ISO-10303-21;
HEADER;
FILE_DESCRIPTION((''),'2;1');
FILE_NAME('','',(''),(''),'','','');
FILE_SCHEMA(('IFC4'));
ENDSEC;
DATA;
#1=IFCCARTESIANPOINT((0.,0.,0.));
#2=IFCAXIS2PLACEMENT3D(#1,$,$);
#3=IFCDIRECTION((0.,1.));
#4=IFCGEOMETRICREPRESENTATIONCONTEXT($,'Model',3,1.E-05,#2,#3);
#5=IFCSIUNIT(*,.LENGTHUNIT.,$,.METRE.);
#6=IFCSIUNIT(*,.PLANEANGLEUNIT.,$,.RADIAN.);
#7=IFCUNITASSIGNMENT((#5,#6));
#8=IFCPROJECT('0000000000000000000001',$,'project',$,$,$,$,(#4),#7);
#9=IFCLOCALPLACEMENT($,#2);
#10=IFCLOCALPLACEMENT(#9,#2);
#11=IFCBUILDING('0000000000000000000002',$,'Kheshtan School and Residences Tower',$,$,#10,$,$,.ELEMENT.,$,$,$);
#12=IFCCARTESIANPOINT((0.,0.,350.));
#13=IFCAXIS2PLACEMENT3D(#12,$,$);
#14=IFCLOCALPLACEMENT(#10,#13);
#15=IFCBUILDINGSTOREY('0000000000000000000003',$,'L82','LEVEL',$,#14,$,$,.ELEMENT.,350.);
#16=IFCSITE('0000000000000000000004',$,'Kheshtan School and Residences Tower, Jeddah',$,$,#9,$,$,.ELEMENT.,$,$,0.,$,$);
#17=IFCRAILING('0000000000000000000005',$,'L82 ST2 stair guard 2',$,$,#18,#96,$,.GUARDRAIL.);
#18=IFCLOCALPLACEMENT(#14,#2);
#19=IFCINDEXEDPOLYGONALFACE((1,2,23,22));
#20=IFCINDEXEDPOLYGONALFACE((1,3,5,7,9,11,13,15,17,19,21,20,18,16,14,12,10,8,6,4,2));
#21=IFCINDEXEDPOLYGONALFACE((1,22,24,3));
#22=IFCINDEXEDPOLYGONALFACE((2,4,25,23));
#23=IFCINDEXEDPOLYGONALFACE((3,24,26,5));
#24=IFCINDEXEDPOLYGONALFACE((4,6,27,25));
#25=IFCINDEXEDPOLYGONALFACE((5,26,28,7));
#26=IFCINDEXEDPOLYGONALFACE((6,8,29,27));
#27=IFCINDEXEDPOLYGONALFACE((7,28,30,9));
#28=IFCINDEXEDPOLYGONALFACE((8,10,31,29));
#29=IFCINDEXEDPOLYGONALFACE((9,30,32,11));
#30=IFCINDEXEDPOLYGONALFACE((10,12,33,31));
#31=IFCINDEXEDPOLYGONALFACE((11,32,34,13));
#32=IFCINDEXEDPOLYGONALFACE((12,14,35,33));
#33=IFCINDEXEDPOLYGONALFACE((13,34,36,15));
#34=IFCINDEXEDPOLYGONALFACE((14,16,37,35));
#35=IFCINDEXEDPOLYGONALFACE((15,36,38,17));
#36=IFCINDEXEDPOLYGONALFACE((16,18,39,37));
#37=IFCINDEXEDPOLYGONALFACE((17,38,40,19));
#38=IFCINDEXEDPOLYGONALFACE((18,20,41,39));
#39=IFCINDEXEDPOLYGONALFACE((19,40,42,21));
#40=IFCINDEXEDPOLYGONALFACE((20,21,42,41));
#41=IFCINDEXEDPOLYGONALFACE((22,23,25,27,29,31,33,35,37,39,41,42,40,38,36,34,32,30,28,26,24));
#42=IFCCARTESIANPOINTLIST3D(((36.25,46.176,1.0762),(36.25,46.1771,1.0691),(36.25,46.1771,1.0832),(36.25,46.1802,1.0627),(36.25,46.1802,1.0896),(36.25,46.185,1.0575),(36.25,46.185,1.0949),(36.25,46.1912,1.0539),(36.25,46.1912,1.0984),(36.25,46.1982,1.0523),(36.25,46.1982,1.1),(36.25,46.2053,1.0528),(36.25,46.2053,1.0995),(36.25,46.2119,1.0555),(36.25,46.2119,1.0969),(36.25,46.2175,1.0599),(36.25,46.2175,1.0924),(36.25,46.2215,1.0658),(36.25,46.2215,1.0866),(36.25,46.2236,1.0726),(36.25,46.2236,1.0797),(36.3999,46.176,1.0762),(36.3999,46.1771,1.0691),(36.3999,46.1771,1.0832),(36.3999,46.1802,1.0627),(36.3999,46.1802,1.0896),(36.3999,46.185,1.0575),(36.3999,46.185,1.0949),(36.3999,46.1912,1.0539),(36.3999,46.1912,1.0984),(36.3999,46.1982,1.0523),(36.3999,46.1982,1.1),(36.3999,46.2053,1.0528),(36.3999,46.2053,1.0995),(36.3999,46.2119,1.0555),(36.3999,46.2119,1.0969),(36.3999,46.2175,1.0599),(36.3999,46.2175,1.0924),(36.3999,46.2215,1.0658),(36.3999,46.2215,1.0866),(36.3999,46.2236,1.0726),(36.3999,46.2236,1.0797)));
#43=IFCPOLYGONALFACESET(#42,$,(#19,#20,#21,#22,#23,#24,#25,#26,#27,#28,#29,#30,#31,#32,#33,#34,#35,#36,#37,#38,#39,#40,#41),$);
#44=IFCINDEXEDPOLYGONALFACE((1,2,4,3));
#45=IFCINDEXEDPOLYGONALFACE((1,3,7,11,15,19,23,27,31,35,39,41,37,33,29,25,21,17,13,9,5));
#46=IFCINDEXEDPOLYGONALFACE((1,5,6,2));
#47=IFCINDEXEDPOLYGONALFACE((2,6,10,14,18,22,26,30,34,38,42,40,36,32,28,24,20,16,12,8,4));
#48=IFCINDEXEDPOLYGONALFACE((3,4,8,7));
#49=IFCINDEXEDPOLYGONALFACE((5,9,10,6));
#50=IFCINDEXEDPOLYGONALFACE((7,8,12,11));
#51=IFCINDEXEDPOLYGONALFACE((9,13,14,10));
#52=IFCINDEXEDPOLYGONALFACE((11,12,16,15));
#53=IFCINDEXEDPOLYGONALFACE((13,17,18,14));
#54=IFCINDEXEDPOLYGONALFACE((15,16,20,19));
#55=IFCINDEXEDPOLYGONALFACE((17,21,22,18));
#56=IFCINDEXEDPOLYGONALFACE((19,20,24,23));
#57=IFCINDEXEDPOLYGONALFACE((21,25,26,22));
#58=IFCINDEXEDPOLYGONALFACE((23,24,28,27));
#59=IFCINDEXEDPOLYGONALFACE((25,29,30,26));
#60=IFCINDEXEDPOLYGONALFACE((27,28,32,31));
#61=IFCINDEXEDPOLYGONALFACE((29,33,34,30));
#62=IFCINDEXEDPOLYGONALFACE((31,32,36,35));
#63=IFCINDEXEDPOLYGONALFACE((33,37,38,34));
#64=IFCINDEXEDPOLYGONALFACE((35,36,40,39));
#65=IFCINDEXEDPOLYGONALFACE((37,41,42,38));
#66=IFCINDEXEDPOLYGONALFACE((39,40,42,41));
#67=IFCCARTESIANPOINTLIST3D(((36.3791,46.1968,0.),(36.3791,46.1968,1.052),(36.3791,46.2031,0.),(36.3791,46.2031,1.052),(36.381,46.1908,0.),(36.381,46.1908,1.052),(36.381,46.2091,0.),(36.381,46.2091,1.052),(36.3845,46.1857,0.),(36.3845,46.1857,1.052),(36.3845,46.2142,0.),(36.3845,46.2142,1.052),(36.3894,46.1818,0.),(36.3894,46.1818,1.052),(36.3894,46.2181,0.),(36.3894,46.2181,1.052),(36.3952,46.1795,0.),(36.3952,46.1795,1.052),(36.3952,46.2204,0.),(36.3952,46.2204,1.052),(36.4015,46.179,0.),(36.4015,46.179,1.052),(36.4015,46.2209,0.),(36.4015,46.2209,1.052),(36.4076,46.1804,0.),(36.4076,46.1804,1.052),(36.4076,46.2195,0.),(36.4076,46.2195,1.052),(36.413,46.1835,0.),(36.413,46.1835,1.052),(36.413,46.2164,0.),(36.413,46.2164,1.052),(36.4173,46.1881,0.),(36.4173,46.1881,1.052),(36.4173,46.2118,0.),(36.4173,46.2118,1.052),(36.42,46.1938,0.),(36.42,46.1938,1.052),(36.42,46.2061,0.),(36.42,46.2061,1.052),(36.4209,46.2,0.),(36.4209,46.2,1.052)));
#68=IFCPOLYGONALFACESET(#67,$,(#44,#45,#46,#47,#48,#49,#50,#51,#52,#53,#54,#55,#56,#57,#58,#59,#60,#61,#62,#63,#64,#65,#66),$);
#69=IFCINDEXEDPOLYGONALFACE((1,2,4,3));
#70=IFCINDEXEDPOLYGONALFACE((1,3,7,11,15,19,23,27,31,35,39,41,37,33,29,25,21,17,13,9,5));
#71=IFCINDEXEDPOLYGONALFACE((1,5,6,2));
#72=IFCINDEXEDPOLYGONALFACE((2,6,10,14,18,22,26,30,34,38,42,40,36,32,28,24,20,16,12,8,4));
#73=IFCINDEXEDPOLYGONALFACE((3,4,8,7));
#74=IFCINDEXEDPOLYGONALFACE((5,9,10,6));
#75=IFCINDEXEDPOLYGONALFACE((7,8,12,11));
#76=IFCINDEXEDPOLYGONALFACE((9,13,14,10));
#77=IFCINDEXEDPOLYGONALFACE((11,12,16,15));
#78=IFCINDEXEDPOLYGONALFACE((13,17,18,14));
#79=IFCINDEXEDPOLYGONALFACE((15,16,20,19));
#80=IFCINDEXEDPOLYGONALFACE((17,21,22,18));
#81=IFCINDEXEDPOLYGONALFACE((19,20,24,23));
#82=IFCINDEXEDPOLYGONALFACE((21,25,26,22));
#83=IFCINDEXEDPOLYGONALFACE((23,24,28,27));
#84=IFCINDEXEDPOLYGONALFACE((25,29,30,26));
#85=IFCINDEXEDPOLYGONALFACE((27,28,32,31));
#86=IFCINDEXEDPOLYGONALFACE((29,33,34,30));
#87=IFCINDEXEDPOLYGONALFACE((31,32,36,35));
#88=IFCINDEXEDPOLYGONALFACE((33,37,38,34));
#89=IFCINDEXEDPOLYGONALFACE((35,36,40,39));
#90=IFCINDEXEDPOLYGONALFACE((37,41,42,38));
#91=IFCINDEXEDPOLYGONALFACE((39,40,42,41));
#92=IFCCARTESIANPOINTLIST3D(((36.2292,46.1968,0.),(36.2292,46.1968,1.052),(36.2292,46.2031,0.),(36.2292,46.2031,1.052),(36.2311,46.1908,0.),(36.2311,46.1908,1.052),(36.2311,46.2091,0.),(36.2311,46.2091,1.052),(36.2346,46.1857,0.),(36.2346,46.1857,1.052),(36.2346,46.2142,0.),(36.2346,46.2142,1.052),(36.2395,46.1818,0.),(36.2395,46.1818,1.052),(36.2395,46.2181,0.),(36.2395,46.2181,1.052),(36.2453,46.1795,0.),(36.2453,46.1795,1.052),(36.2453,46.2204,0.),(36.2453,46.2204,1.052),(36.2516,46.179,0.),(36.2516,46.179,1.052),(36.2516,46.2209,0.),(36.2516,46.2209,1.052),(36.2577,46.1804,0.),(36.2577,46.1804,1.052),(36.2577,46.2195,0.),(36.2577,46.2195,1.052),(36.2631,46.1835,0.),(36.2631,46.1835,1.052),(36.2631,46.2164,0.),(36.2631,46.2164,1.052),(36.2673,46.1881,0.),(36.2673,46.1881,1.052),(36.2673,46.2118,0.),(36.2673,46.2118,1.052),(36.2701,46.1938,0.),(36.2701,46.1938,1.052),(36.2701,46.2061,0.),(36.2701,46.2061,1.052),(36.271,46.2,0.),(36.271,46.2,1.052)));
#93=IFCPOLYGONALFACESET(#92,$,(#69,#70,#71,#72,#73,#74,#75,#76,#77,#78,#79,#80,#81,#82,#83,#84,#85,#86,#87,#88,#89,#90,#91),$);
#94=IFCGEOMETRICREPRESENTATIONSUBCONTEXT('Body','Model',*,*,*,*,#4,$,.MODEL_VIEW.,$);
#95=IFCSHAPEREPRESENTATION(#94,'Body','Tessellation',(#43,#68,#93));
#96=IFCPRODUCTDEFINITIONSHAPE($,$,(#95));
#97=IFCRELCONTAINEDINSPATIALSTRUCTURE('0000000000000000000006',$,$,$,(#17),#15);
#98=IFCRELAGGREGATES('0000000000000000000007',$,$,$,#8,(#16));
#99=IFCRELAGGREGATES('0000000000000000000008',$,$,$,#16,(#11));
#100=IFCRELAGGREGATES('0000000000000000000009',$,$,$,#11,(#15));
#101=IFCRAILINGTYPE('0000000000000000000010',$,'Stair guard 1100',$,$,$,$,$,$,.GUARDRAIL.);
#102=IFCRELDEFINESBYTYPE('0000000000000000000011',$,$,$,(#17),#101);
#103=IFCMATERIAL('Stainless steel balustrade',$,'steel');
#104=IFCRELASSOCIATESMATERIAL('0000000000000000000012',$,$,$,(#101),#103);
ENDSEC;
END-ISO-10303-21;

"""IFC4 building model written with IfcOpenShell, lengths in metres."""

from ifc_helpers import new_model, si_unit, direction, frame, origin, origin_2d, place, context, subcontext, project, spatial, circle, extrude, material, type_object, element, save


model = new_model("IFC4")

# Units and contexts
model_context = context("Model", 3, precision=1e-05, world=origin(), true_north=direction((0.0, 1.0)))
body_context = subcontext(model_context, "Body", "Model", "MODEL_VIEW")
ifc_project = project(units=[si_unit("LENGTHUNIT", "METRE"), si_unit("PLANEANGLEUNIT", "RADIAN")], contexts=[model_context])

# Site, building, storey
site_placement = place(None, origin())
site = spatial("IfcSite", under=ifc_project, at=site_placement, Name="Kheshtan School and Residences Tower, Jeddah", CompositionType="ELEMENT", RefElevation=0.0)
building_placement = place(site_placement, origin())
building = spatial("IfcBuilding", under=site, at=building_placement, Name="Kheshtan School and Residences Tower", CompositionType="ELEMENT")
storey_placement = place(building_placement, frame((0.0, 0.0, 350.0)))
storey = spatial("IfcBuildingStorey", under=building, at=storey_placement, Name="L82", Description="LEVEL", CompositionType="ELEMENT", Elevation=350.0)

# Railing
ifc_material_1 = material(Name="Stainless steel balustrade", Category="steel")
railing_type_1 = type_object("IfcRailingType", Name="Stair guard 1100", PredefinedType="GUARDRAIL", material=ifc_material_1)
railing_1_placement = place(storey_placement, frame((36.3999, 46.2, 0.0)))
element("IfcRailing", 1, at=railing_1_placement, inside=storey, type_object=railing_type_1, Name="L82 ST2 stair guard 2", PredefinedType="GUARDRAIL", context=body_context, shape_type="SweptSolid", body=[
    extrude(circle(Radius=0.0239, at=origin_2d()), frame((0.0, 0.0, 1.0762), z_axis=(-1.0, 0.0, 0.0), x_axis=(0.0, -1.0, 0.0)), (0.0, 0.0, 1.0), 0.1499),
    extrude(circle(Radius=0.021, at=origin_2d()), origin(), (0.0, 0.0, 1.0), 1.052),
    extrude(circle(Radius=0.021, at=origin_2d()), frame((-0.1499, 0.0, 0.0)), (0.0, 0.0, 1.0), 1.052),
])

save(model, "model.ifc")
